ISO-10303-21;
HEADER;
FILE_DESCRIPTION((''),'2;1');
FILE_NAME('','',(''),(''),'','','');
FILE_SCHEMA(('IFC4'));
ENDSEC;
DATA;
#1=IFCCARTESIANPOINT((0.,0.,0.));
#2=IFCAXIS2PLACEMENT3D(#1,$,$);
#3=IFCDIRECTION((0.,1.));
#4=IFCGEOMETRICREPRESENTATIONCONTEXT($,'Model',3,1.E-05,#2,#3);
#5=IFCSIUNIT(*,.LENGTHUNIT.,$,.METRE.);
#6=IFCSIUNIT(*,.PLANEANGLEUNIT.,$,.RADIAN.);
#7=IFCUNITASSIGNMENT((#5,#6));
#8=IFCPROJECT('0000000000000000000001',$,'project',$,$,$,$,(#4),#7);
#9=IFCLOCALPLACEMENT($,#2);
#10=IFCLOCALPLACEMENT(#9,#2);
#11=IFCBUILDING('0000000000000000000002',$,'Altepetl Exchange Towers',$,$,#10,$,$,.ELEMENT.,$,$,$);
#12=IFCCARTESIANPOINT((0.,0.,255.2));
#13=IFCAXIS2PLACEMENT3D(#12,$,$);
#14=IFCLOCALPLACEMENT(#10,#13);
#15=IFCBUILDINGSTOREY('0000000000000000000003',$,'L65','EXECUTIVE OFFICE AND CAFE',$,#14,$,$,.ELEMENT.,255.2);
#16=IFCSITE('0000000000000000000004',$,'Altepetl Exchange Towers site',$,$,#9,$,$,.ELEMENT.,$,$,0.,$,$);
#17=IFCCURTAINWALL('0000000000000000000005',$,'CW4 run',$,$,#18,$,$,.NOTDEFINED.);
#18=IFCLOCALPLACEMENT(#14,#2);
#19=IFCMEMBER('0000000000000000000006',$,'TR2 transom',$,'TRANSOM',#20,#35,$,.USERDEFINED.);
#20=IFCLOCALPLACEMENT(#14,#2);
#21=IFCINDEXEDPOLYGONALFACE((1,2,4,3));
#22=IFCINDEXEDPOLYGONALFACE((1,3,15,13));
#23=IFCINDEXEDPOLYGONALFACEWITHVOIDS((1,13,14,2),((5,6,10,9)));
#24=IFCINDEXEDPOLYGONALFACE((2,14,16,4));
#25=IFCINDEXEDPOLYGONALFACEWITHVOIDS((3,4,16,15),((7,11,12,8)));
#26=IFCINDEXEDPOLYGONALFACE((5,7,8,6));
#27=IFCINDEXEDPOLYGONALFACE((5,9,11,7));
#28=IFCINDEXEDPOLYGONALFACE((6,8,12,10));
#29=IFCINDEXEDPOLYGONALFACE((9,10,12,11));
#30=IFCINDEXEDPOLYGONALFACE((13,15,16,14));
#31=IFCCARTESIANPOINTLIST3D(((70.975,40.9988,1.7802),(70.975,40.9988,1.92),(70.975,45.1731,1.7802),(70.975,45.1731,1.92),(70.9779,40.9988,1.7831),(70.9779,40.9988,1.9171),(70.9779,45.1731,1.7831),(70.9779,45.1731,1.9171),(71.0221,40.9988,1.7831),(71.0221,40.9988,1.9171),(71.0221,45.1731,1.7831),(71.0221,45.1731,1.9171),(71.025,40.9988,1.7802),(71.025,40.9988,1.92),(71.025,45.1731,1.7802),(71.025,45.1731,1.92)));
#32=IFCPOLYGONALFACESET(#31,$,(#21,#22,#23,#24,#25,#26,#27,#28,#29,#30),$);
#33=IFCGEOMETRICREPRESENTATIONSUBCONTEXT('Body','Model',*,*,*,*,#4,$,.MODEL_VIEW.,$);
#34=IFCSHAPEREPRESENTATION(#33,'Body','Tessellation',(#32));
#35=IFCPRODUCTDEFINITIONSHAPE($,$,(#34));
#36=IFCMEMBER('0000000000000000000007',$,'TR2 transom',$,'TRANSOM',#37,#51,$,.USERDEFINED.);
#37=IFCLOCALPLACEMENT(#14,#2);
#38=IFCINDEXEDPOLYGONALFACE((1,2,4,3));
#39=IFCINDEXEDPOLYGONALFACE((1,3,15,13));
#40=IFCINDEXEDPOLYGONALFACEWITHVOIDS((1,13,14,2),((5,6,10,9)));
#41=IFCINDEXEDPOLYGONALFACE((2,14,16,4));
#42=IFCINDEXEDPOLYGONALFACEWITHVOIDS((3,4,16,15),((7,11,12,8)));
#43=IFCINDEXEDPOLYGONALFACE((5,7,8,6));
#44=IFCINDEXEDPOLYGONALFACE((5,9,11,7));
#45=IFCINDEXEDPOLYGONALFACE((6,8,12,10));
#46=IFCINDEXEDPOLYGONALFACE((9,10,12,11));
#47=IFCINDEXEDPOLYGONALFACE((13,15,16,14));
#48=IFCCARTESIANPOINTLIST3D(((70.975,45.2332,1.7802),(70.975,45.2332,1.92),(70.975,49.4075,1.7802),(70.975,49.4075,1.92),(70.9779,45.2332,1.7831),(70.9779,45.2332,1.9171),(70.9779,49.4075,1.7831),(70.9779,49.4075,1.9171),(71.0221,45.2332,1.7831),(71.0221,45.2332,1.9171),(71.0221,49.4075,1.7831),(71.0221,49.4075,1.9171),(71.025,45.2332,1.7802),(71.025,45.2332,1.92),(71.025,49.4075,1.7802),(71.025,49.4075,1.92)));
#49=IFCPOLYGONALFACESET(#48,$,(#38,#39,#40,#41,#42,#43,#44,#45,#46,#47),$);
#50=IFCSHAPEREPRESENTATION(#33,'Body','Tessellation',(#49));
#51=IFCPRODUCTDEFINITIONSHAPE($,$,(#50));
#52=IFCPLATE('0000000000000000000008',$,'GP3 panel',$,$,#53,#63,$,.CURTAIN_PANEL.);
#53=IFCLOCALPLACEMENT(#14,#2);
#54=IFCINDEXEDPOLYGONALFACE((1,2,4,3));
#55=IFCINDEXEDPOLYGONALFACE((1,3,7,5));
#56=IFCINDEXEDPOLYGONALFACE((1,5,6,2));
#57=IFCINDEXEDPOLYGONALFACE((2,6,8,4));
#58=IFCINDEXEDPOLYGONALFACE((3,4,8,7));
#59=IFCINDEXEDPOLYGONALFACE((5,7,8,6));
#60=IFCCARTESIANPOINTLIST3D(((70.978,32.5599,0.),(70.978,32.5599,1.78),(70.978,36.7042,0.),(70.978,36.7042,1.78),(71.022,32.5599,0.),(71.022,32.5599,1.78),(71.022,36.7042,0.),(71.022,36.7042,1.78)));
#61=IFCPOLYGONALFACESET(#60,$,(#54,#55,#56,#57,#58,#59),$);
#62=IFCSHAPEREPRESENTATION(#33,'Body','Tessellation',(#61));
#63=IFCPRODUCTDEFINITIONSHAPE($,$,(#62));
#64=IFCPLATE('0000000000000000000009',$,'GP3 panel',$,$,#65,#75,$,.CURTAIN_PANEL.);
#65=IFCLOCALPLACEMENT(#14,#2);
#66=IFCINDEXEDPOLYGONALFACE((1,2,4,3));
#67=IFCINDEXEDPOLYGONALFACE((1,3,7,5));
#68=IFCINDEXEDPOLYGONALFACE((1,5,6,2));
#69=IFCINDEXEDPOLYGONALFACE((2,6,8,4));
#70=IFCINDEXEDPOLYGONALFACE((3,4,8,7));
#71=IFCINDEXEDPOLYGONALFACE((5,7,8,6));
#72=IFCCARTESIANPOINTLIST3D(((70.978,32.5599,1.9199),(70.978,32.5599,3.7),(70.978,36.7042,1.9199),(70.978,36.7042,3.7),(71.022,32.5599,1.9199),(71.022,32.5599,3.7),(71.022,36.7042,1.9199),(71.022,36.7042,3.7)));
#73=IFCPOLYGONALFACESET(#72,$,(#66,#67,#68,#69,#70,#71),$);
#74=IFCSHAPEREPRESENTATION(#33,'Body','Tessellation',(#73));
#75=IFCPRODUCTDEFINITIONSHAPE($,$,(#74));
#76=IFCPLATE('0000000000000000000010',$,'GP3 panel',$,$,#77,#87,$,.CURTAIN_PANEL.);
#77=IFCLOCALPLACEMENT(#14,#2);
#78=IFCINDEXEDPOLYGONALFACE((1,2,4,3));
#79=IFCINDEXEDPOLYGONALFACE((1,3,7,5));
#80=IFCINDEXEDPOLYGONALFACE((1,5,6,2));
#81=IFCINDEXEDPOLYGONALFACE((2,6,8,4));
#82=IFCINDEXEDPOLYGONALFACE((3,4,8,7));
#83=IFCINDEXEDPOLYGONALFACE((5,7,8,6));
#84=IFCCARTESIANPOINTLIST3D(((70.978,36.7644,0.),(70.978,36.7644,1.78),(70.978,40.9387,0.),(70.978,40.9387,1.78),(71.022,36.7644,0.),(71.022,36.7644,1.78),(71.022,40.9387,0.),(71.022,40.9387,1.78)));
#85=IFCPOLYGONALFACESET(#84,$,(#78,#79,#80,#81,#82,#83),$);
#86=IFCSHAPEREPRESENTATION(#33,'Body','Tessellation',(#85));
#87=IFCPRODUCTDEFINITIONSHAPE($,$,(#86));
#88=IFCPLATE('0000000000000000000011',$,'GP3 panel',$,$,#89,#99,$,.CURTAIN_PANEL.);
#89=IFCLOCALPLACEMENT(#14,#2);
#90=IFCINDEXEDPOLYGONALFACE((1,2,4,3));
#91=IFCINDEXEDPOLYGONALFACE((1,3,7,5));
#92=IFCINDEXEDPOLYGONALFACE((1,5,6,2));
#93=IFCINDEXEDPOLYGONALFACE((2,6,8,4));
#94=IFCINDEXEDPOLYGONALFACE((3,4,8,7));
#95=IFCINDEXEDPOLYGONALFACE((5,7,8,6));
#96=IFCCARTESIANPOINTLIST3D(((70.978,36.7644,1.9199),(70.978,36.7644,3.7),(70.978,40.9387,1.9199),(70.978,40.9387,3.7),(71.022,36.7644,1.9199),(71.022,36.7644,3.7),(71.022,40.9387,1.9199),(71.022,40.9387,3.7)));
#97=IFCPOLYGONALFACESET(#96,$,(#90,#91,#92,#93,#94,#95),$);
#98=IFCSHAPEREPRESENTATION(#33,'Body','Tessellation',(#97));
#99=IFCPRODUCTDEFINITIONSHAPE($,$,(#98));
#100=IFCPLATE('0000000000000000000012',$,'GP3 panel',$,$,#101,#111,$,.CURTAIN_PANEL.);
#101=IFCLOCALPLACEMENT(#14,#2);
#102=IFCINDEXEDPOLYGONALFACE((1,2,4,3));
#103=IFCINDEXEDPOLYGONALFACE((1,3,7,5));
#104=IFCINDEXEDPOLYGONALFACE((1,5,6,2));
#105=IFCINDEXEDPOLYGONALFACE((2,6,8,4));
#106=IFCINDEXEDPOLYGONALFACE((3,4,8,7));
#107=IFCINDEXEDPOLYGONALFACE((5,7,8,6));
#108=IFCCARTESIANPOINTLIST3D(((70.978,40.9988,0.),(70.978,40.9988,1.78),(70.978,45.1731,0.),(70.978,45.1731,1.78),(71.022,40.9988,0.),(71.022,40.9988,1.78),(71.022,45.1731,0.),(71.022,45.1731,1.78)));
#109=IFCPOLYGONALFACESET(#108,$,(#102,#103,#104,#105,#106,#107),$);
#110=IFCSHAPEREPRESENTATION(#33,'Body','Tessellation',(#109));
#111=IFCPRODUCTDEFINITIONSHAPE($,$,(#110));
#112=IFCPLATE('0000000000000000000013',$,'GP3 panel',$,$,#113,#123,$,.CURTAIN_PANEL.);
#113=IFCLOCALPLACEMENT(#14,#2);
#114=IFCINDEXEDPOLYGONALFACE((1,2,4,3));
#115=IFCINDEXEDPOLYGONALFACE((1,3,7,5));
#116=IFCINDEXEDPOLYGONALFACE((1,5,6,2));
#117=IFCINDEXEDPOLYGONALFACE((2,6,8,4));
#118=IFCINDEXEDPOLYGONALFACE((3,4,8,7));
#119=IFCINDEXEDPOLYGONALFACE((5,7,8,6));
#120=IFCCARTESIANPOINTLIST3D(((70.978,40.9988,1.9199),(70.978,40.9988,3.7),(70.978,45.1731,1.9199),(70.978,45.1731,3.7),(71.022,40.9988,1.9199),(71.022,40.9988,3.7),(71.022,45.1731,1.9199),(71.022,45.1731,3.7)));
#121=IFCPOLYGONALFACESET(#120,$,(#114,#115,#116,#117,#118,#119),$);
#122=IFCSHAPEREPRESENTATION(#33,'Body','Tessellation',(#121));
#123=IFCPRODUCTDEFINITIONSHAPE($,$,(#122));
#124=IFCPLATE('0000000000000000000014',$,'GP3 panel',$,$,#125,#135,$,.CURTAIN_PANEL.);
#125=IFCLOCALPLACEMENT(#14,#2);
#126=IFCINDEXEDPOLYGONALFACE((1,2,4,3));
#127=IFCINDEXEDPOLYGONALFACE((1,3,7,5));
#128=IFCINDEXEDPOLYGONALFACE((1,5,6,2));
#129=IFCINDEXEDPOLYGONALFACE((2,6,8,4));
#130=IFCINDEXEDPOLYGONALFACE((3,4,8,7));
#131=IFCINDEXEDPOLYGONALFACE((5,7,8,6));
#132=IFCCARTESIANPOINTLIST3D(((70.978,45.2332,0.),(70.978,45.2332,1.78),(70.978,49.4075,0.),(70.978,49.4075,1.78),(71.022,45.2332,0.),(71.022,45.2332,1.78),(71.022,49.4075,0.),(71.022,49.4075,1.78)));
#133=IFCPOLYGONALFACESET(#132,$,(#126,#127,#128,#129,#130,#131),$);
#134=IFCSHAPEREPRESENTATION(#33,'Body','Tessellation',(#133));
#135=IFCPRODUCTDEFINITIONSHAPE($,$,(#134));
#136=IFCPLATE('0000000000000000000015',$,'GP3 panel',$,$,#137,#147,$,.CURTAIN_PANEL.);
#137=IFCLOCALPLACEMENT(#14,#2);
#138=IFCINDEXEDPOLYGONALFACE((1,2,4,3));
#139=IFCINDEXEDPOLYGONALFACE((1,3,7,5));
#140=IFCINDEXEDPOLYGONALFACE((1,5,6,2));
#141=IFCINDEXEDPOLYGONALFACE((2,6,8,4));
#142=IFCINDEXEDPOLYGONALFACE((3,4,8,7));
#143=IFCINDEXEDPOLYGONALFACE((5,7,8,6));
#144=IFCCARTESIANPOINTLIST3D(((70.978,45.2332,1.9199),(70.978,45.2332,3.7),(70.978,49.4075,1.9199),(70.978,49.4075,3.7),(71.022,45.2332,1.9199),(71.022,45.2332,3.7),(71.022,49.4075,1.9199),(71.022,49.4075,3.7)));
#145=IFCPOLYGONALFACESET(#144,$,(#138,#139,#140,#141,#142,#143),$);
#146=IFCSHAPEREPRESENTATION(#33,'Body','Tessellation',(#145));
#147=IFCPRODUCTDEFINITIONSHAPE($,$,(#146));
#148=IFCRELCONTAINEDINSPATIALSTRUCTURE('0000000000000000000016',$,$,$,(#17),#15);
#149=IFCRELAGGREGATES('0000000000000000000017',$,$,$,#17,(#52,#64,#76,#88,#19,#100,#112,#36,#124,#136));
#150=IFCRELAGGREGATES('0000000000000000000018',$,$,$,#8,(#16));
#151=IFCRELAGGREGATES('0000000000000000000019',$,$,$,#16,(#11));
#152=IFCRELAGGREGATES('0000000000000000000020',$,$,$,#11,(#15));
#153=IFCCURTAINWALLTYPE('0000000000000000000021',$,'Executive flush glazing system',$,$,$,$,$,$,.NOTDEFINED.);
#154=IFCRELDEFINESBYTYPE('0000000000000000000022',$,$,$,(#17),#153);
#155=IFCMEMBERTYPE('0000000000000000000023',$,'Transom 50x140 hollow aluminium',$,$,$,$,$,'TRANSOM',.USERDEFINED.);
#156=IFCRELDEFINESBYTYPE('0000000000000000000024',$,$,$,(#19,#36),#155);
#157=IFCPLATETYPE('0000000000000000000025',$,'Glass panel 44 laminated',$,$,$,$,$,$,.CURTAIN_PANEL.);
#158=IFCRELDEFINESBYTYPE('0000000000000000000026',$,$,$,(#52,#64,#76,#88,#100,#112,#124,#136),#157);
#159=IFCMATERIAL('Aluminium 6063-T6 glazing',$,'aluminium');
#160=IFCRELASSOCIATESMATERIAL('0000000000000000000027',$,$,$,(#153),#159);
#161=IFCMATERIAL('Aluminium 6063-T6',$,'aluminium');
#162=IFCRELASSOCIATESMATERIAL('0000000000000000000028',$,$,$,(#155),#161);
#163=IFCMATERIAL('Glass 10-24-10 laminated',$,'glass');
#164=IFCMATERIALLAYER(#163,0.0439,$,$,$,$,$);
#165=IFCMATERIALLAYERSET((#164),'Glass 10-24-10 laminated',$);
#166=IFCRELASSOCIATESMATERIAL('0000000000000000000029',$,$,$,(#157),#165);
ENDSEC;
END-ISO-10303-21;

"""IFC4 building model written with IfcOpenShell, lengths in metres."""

from ifc_helpers import new_model, si_unit, direction, frame, origin, origin_2d, place, context, subcontext, project, spatial, rectangle, hollow_rectangle, extrude, material, layer, layer_set, material_profile, profile_set, type_object, element, aggregate, save


model = new_model("IFC4")

# Units and contexts
model_context = context("Model", 3, precision=1e-05, world=origin(), true_north=direction((0.0, 1.0)))
body_context = subcontext(model_context, "Body", "Model", "MODEL_VIEW")
ifc_project = project(units=[si_unit("LENGTHUNIT", "METRE"), si_unit("PLANEANGLEUNIT", "RADIAN")], contexts=[model_context])

# Site, building, storey
site_placement = place(None, origin())
site = spatial("IfcSite", under=ifc_project, at=site_placement, Name="Altepetl Exchange Towers site", CompositionType="ELEMENT", RefElevation=0.0)
building_placement = place(site_placement, origin())
building = spatial("IfcBuilding", under=site, at=building_placement, Name="Altepetl Exchange Towers", CompositionType="ELEMENT")
storey_placement = place(building_placement, frame((0.0, 0.0, 255.2)))
storey = spatial("IfcBuildingStorey", under=building, at=storey_placement, Name="L65", Description="EXECUTIVE OFFICE AND CAFE", CompositionType="ELEMENT", Elevation=255.2)

# Curtain wall
ifc_material_1 = material(Name="Aluminium 6063-T6 glazing", Category="aluminium")
curtain_wall_type = type_object("IfcCurtainWallType", Name="Executive flush glazing system", PredefinedType="NOTDEFINED", material=ifc_material_1)
curtain_wall_placement = place(storey_placement, origin())
curtain_wall = element("IfcCurtainWall", 1, at=curtain_wall_placement, inside=storey, type_object=curtain_wall_type, Name="CW4 run", PredefinedType="NOTDEFINED")
ifc_material_2 = material(Name="Aluminium 6063-T6", Category="aluminium")

# Members
ifc_material_profile_1 = material_profile(ifc_material_2, hollow_rectangle(XDim=0.05, YDim=0.1399, WallThickness=0.0029, at=origin_2d()), Name="Transom 50x140 hollow aluminium")
ifc_profile_set_1 = profile_set([ifc_material_profile_1], Name="Aluminium 6063-T6")
member_type_1 = type_object("IfcMemberType", Name="Transom 50x140 hollow aluminium", ElementType="TRANSOM", PredefinedType="USERDEFINED", material=ifc_profile_set_1)
member_1_placement = place(storey_placement, frame((71.0, 40.9988, 1.8501), z_axis=(0.0, 1.0, 0.0), x_axis=(-1.0, 0.0, 0.0)))
member_1 = element("IfcMember", 2, at=member_1_placement, type_object=member_type_1, Name="TR2 transom", ObjectType="TRANSOM", PredefinedType="USERDEFINED", context=body_context, shape_type="SweptSolid", body=[
    extrude(hollow_rectangle(XDim=0.05, YDim=0.1399, WallThickness=0.0029, at=origin_2d()), origin(), (0.0, 0.0, 1.0), 4.1743),
])
member_2_placement = place(storey_placement, frame((71.0, 45.2332, 1.8501), z_axis=(0.0, 1.0, 0.0), x_axis=(-1.0, 0.0, 0.0)))
member_2 = element("IfcMember", 3, at=member_2_placement, type_object=member_type_1, Name="TR2 transom", ObjectType="TRANSOM", PredefinedType="USERDEFINED", context=body_context, shape_type="SweptSolid", body=[
    extrude(hollow_rectangle(XDim=0.05, YDim=0.1399, WallThickness=0.0029, at=origin_2d()), origin(), (0.0, 0.0, 1.0), 4.1743),
])

# Plates
ifc_material_3 = material(Name="Glass 10-24-10 laminated", Category="glass")
ifc_layer = layer(ifc_material_3, 0.0439)
ifc_layer_set = layer_set([ifc_layer], Name="Glass 10-24-10 laminated")
plate_type = type_object("IfcPlateType", Name="Glass panel 44 laminated", PredefinedType="CURTAIN_PANEL", material=ifc_layer_set)
plate_1_placement = place(storey_placement, frame((71.0, 34.6321, 0.0), z_axis=(0.0, 0.0, 1.0), x_axis=(0.0, 1.0, 0.0)))
plate_1 = element("IfcPlate", 4, at=plate_1_placement, type_object=plate_type, Name="GP3 panel", PredefinedType="CURTAIN_PANEL", context=body_context, shape_type="SweptSolid", body=[
    extrude(rectangle(XDim=4.1443, YDim=0.0439, at=origin_2d()), origin(), (0.0, 0.0, 1.0), 1.78),
])
plate_2_placement = place(storey_placement, frame((71.0, 34.6321, 1.9199), z_axis=(0.0, 0.0, 1.0), x_axis=(0.0, 1.0, 0.0)))
plate_2 = element("IfcPlate", 5, at=plate_2_placement, type_object=plate_type, Name="GP3 panel", PredefinedType="CURTAIN_PANEL", context=body_context, shape_type="SweptSolid", body=[
    extrude(rectangle(XDim=4.1443, YDim=0.0439, at=origin_2d()), origin(), (0.0, 0.0, 1.0), 1.78),
])
plate_3_placement = place(storey_placement, frame((71.0, 38.8516, 0.0), z_axis=(0.0, 0.0, 1.0), x_axis=(0.0, 1.0, 0.0)))
plate_3 = element("IfcPlate", 6, at=plate_3_placement, type_object=plate_type, Name="GP3 panel", PredefinedType="CURTAIN_PANEL", context=body_context, shape_type="SweptSolid", body=[
    extrude(rectangle(XDim=4.1743, YDim=0.0439, at=origin_2d()), origin(), (0.0, 0.0, 1.0), 1.78),
])
plate_4_placement = place(storey_placement, frame((71.0, 38.8516, 1.9199), z_axis=(0.0, 0.0, 1.0), x_axis=(0.0, 1.0, 0.0)))
plate_4 = element("IfcPlate", 7, at=plate_4_placement, type_object=plate_type, Name="GP3 panel", PredefinedType="CURTAIN_PANEL", context=body_context, shape_type="SweptSolid", body=[
    extrude(rectangle(XDim=4.1743, YDim=0.0439, at=origin_2d()), origin(), (0.0, 0.0, 1.0), 1.78),
])
plate_5_placement = place(storey_placement, frame((71.0, 43.0859, 0.0), z_axis=(0.0, 0.0, 1.0), x_axis=(0.0, 1.0, 0.0)))
plate_5 = element("IfcPlate", 8, at=plate_5_placement, type_object=plate_type, Name="GP3 panel", PredefinedType="CURTAIN_PANEL", context=body_context, shape_type="SweptSolid", body=[
    extrude(rectangle(XDim=4.1743, YDim=0.0439, at=origin_2d()), origin(), (0.0, 0.0, 1.0), 1.78),
])
plate_6_placement = place(storey_placement, frame((71.0, 43.0859, 1.9199), z_axis=(0.0, 0.0, 1.0), x_axis=(0.0, 1.0, 0.0)))
plate_6 = element("IfcPlate", 9, at=plate_6_placement, type_object=plate_type, Name="GP3 panel", PredefinedType="CURTAIN_PANEL", context=body_context, shape_type="SweptSolid", body=[
    extrude(rectangle(XDim=4.1743, YDim=0.0439, at=origin_2d()), origin(), (0.0, 0.0, 1.0), 1.78),
])
plate_7_placement = place(storey_placement, frame((71.0, 47.3203, 0.0), z_axis=(0.0, 0.0, 1.0), x_axis=(0.0, 1.0, 0.0)))
plate_7 = element("IfcPlate", 10, at=plate_7_placement, type_object=plate_type, Name="GP3 panel", PredefinedType="CURTAIN_PANEL", context=body_context, shape_type="SweptSolid", body=[
    extrude(rectangle(XDim=4.1743, YDim=0.0439, at=origin_2d()), origin(), (0.0, 0.0, 1.0), 1.78),
])
plate_8_placement = place(storey_placement, frame((71.0, 47.3203, 1.9199), z_axis=(0.0, 0.0, 1.0), x_axis=(0.0, 1.0, 0.0)))
plate_8 = element("IfcPlate", 11, at=plate_8_placement, type_object=plate_type, Name="GP3 panel", PredefinedType="CURTAIN_PANEL", context=body_context, shape_type="SweptSolid", body=[
    extrude(rectangle(XDim=4.1743, YDim=0.0439, at=origin_2d()), origin(), (0.0, 0.0, 1.0), 1.78),
])
aggregate(curtain_wall, [plate_1, plate_2, plate_3, plate_4, member_1, plate_5, plate_6, member_2, plate_7, plate_8])

save(model, "model.ifc")
